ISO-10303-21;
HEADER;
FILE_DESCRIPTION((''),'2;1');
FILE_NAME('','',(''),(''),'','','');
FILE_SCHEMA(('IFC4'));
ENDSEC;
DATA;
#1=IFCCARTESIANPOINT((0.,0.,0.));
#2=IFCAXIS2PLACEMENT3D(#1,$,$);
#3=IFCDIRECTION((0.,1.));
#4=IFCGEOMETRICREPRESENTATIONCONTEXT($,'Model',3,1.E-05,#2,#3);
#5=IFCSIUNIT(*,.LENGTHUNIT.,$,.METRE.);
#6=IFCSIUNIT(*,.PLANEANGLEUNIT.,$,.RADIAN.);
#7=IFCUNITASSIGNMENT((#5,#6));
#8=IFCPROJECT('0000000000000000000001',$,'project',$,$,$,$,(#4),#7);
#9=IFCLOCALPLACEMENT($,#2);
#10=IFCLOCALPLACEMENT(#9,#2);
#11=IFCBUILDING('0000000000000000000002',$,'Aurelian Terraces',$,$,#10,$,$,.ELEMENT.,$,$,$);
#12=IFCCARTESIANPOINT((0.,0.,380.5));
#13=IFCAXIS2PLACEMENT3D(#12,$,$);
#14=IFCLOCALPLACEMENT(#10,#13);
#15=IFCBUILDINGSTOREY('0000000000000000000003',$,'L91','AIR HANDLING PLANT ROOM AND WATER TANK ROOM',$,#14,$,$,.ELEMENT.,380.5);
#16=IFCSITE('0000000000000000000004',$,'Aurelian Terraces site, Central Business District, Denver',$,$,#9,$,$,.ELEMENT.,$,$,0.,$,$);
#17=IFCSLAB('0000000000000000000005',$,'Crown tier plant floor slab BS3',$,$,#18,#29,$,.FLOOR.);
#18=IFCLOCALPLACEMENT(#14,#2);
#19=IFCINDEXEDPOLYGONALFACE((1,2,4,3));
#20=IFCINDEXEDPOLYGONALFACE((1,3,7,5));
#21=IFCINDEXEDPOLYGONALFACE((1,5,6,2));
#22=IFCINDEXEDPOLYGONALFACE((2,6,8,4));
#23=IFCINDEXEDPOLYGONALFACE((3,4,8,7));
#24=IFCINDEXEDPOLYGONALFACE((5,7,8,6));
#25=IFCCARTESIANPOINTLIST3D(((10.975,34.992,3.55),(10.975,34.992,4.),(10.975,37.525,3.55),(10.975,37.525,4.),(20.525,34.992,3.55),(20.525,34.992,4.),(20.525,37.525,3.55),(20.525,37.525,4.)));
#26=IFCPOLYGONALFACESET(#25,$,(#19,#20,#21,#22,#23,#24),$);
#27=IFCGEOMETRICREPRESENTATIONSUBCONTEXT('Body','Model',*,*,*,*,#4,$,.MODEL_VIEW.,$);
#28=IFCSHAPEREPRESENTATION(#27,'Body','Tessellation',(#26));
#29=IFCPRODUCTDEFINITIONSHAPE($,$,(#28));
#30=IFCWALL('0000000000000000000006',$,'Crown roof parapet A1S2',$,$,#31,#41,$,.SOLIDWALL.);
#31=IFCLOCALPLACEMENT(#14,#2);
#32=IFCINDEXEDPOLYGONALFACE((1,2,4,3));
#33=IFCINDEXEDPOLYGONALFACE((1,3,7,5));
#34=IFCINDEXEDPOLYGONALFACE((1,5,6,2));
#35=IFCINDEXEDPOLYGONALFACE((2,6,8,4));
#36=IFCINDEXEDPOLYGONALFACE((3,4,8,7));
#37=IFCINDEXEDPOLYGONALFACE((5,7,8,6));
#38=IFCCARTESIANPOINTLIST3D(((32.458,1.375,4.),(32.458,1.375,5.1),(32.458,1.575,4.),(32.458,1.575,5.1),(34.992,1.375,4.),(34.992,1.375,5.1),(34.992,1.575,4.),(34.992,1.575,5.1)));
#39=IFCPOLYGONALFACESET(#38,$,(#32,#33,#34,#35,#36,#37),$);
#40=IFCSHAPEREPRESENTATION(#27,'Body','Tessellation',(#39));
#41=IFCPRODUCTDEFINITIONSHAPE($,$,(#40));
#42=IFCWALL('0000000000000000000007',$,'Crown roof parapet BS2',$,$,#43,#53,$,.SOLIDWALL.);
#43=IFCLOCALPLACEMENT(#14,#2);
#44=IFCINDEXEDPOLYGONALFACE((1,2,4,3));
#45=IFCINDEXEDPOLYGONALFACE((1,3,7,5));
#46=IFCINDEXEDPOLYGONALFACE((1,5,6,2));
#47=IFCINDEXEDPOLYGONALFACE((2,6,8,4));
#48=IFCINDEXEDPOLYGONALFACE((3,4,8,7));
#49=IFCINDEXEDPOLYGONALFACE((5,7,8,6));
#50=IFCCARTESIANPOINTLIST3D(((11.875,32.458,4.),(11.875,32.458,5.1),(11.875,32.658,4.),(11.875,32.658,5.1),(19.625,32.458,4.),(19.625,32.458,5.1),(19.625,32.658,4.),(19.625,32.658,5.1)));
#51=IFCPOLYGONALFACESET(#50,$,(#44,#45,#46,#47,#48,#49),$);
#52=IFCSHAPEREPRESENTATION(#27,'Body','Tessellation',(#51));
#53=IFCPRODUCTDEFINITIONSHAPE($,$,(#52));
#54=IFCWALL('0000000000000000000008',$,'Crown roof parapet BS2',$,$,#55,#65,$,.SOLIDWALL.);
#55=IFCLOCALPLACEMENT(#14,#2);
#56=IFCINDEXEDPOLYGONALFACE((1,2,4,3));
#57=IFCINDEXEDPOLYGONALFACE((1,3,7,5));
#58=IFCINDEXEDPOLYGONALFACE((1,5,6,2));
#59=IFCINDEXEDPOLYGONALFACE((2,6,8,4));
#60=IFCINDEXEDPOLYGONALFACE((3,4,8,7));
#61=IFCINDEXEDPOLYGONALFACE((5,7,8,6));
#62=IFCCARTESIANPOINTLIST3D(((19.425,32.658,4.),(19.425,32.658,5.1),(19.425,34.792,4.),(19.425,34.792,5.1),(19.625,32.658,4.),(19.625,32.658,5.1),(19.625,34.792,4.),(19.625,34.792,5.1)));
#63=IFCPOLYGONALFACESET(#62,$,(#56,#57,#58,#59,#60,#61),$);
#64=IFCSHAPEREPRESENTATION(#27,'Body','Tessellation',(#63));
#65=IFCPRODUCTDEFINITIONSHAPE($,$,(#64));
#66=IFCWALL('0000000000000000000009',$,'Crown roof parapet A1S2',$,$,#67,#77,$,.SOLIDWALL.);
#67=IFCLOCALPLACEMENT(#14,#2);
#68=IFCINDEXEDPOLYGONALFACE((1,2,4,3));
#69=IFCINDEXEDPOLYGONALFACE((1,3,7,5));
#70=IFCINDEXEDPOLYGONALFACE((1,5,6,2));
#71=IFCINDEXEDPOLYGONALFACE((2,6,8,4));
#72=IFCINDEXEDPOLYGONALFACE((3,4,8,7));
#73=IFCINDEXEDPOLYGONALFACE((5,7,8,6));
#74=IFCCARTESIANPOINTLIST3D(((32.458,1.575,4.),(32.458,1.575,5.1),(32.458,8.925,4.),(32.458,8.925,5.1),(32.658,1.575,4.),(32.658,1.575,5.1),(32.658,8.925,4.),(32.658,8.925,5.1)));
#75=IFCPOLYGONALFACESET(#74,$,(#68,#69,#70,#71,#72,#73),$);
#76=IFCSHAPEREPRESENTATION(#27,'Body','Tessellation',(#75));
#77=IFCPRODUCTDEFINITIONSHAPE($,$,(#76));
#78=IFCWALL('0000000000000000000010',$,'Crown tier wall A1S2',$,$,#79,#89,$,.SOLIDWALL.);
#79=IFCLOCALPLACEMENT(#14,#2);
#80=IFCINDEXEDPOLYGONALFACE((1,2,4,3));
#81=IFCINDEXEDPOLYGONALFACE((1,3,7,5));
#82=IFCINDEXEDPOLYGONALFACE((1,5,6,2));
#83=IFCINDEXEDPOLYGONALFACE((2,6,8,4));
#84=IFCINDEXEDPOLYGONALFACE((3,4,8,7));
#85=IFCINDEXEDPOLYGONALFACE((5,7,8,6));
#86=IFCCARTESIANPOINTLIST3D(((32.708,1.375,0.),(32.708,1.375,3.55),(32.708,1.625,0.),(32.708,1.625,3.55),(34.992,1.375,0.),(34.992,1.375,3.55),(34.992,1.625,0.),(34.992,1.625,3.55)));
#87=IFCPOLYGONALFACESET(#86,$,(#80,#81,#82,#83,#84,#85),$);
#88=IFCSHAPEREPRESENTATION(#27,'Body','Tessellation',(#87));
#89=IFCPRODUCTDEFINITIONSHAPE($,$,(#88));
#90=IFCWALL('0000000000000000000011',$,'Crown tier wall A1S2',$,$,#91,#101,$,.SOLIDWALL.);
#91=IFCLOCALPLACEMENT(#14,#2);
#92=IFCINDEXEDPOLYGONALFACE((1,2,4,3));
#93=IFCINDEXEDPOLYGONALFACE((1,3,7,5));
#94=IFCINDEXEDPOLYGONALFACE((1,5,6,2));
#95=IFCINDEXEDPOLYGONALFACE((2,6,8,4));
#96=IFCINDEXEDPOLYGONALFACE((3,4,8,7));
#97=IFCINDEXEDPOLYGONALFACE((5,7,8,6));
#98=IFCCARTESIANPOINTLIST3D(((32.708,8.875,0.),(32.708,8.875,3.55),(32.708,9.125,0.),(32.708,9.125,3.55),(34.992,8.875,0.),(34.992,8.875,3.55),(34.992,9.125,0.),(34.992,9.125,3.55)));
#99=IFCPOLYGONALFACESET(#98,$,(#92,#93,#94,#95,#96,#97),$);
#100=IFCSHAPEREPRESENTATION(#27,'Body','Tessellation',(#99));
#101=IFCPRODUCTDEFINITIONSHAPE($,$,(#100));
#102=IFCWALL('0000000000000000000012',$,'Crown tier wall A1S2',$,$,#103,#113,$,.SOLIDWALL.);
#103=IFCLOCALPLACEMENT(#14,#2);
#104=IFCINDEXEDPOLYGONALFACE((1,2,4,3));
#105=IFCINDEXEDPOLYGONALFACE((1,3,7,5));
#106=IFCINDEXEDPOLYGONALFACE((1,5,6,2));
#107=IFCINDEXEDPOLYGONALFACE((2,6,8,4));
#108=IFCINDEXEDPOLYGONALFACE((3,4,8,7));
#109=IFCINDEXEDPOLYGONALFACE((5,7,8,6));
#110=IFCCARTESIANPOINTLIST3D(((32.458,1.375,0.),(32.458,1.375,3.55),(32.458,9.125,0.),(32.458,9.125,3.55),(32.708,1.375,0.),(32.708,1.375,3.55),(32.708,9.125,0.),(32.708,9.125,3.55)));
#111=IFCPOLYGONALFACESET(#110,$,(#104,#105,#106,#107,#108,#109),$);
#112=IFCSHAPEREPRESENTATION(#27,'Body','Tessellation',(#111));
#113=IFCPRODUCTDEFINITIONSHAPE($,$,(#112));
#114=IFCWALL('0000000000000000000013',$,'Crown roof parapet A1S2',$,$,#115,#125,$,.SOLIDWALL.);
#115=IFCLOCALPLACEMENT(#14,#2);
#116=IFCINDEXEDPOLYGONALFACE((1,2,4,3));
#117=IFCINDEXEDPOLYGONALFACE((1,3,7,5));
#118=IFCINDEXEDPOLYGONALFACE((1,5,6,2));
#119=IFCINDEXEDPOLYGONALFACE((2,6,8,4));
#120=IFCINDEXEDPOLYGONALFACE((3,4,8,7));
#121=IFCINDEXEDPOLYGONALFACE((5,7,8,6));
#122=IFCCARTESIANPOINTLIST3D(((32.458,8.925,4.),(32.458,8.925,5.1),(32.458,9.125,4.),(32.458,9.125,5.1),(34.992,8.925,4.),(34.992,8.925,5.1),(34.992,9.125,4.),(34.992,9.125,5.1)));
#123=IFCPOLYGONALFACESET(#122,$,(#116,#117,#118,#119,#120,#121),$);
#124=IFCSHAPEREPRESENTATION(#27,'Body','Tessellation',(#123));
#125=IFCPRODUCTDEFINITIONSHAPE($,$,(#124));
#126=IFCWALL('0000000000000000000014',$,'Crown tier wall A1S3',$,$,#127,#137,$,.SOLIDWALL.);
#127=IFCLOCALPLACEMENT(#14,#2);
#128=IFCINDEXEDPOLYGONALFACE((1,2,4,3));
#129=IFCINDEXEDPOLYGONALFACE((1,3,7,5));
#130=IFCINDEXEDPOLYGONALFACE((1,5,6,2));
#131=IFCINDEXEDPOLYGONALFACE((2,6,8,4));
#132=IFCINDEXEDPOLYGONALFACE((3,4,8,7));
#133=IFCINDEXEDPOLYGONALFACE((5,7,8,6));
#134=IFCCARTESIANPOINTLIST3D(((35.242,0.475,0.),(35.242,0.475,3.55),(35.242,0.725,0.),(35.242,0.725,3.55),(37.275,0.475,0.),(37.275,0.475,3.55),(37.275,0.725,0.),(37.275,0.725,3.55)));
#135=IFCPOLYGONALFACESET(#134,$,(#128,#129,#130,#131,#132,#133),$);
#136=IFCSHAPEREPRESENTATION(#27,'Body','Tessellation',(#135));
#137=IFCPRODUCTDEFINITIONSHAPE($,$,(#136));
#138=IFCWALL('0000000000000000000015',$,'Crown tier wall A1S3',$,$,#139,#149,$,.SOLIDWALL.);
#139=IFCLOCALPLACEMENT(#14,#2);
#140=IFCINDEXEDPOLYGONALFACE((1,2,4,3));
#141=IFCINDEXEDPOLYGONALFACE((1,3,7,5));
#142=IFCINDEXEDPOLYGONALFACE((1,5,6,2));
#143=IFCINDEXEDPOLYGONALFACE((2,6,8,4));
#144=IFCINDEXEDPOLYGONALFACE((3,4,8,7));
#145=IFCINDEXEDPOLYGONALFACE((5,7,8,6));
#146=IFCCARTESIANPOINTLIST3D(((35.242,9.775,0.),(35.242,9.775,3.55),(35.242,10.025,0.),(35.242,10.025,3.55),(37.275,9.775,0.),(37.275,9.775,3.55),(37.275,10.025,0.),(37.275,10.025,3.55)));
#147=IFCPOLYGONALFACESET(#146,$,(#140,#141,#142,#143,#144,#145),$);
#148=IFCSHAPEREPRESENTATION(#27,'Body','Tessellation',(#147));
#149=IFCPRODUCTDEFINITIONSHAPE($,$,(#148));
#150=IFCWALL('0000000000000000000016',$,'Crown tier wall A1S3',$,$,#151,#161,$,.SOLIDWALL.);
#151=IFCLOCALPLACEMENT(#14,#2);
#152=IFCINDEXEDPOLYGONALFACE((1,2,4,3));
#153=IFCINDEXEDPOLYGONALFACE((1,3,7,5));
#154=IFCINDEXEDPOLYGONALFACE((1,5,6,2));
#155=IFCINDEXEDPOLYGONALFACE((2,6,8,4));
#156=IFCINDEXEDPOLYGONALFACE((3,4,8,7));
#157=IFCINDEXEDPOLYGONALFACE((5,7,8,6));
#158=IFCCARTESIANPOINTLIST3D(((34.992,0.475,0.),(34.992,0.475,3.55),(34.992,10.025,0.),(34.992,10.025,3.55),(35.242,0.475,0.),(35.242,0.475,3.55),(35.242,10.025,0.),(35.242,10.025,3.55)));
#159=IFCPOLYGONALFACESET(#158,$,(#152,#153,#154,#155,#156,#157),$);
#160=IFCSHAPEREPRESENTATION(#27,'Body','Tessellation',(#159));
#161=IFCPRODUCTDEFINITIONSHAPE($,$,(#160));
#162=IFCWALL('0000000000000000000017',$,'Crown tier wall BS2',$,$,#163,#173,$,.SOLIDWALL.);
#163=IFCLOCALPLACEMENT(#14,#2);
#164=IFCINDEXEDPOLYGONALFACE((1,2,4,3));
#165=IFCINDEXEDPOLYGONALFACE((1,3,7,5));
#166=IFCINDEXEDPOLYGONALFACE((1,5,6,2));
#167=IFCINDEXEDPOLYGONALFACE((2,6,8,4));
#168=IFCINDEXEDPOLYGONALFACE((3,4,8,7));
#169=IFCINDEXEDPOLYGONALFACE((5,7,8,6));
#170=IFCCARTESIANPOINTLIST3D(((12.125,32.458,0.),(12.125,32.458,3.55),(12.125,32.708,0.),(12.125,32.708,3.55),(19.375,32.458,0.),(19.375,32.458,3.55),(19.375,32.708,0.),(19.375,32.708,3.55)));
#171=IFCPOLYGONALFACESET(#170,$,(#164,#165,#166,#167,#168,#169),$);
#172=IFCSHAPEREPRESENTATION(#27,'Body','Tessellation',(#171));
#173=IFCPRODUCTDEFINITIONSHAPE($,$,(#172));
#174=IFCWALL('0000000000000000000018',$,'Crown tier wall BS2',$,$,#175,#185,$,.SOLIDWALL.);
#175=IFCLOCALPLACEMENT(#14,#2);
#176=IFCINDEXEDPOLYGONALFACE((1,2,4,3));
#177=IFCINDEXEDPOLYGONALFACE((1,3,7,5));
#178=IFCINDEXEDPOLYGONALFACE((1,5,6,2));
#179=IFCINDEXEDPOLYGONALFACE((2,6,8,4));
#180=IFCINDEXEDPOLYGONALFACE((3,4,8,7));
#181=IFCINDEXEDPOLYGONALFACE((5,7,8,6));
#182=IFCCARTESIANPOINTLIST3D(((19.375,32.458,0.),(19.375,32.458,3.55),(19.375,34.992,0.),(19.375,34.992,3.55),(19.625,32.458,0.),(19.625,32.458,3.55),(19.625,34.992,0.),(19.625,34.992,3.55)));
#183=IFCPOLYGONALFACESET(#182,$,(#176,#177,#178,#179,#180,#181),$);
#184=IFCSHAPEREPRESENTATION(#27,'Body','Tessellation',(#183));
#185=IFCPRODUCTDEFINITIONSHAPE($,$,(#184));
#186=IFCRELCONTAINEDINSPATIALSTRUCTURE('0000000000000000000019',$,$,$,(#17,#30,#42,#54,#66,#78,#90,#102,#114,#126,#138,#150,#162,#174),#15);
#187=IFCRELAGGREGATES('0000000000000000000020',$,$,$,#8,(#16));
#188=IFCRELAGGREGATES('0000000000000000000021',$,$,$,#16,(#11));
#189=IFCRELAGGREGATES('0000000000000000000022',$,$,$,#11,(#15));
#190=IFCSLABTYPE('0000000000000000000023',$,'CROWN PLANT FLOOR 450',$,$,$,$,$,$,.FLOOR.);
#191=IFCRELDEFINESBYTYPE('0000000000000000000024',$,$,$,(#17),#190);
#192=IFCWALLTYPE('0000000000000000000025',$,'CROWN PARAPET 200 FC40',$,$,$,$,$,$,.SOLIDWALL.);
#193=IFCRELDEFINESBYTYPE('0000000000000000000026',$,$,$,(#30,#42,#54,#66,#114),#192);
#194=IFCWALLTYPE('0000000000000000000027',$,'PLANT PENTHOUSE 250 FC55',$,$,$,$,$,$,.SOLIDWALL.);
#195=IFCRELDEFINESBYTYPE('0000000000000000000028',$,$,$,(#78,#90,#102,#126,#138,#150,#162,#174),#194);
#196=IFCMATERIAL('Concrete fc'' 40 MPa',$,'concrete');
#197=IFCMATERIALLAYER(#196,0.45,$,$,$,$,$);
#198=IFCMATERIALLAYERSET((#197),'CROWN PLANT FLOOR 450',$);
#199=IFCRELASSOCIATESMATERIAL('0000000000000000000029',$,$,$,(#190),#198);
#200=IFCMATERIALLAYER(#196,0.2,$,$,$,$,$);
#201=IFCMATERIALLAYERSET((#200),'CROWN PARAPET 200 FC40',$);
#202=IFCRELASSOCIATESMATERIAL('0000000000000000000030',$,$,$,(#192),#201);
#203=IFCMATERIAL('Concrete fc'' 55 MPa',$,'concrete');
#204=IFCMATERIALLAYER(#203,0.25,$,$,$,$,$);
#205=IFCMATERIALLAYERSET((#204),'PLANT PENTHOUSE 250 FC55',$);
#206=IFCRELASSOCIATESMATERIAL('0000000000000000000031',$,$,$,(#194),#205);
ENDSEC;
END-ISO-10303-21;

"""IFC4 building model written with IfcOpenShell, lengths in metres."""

from ifc_helpers import new_model, si_unit, direction, frame, frame_2d, origin, place, context, subcontext, project, spatial, polyline, rectangle, outline, extrude, source, transform, mapped, material, layer, layer_set, type_object, element, save


model = new_model("IFC4")

# Units and contexts
model_context = context("Model", 3, precision=1e-05, world=origin(), true_north=direction((0.0, 1.0)))
body_context = subcontext(model_context, "Body", "Model", "MODEL_VIEW")
ifc_project = project(units=[si_unit("LENGTHUNIT", "METRE"), si_unit("PLANEANGLEUNIT", "RADIAN")], contexts=[model_context])

# Site, building, storey
site_placement = place(None, origin())
site = spatial("IfcSite", under=ifc_project, at=site_placement, Name="Aurelian Terraces site, Central Business District, Denver", CompositionType="ELEMENT", RefElevation=0.0)
building_placement = place(site_placement, origin())
building = spatial("IfcBuilding", under=site, at=building_placement, Name="Aurelian Terraces", CompositionType="ELEMENT")
storey_placement = place(building_placement, frame((0.0, 0.0, 380.5)))
storey = spatial("IfcBuildingStorey", under=building, at=storey_placement, Name="L91", Description="AIR HANDLING PLANT ROOM AND WATER TANK ROOM", CompositionType="ELEMENT", Elevation=380.5)

# Slab
ifc_material_1 = material(Name="Concrete fc' 40 MPa", Category="concrete")
ifc_layer_1 = layer(ifc_material_1, 0.45)
ifc_layer_set_1 = layer_set([ifc_layer_1], Name="CROWN PLANT FLOOR 450")
slab_type_1 = type_object("IfcSlabType", Name="CROWN PLANT FLOOR 450", PredefinedType="FLOOR", material=ifc_layer_set_1)
shared_shape_1 = source(origin(), body_context, "Body", "SweptSolid", [
    extrude(outline(polyline([(20.525, 34.992), (20.525, 37.525), (10.975, 37.525), (10.975, 34.992), (20.525, 34.992)])), origin(), (0.0, 0.0, 1.0), 0.45),
])
slab_1_placement = place(storey_placement, frame((0.0, 0.0, 3.55)))
element("IfcSlab", 1, at=slab_1_placement, inside=storey, type_object=slab_type_1, Name="Crown tier plant floor slab BS3", PredefinedType="FLOOR", context=body_context, shape_type="MappedRepresentation", body=[
    mapped(shared_shape_1, transform((0.0, 0.0, 0.0), scale=1.0)),
])

# Walls
ifc_layer_2 = layer(ifc_material_1, 0.2)
ifc_layer_set_2 = layer_set([ifc_layer_2], Name="CROWN PARAPET 200 FC40")
wall_type_1 = type_object("IfcWallType", Name="CROWN PARAPET 200 FC40", PredefinedType="SOLIDWALL", material=ifc_layer_set_2)
wall_1_placement = place(storey_placement, frame((32.458, 1.475, 4.0), z_axis=(0.0, 0.0, 1.0), x_axis=(1.0, 0.0, 0.0)))
element("IfcWall", 2, at=wall_1_placement, inside=storey, type_object=wall_type_1, Name="Crown roof parapet A1S2", PredefinedType="SOLIDWALL", context=body_context, shape_type="SweptSolid", body=[
    extrude(rectangle(XDim=2.534, YDim=0.2, at=frame_2d((1.267, 0.0))), origin(), (0.0, 0.0, 1.0), 1.1),
])
wall_2_placement = place(storey_placement, frame((11.875, 32.558, 4.0), z_axis=(0.0, 0.0, 1.0), x_axis=(1.0, 0.0, 0.0)))
element("IfcWall", 3, at=wall_2_placement, inside=storey, type_object=wall_type_1, Name="Crown roof parapet BS2", PredefinedType="SOLIDWALL", context=body_context, shape_type="SweptSolid", body=[
    extrude(rectangle(XDim=7.75, YDim=0.2, at=frame_2d((3.875, 0.0))), origin(), (0.0, 0.0, 1.0), 1.1),
])
wall_3_placement = place(storey_placement, frame((19.525, 32.658, 4.0), z_axis=(0.0, 0.0, 1.0), x_axis=(0.0, 1.0, 0.0)))
element("IfcWall", 4, at=wall_3_placement, inside=storey, type_object=wall_type_1, Name="Crown roof parapet BS2", PredefinedType="SOLIDWALL", context=body_context, shape_type="SweptSolid", body=[
    extrude(rectangle(XDim=2.134, YDim=0.2, at=frame_2d((1.067, 0.0))), origin(), (0.0, 0.0, 1.0), 1.1),
])
shared_shape_2 = source(origin(), body_context, "Body", "SweptSolid", [
    extrude(rectangle(XDim=7.35, YDim=0.2, at=frame_2d((3.675, 0.0))), origin(), (0.0, 0.0, 1.0), 1.1),
])
wall_4_placement = place(storey_placement, frame((32.558, 1.575, 4.0), z_axis=(0.0, 0.0, 1.0), x_axis=(0.0, 1.0, 0.0)))
element("IfcWall", 5, at=wall_4_placement, inside=storey, type_object=wall_type_1, Name="Crown roof parapet A1S2", PredefinedType="SOLIDWALL", context=body_context, shape_type="MappedRepresentation", body=[
    mapped(shared_shape_2, transform((0.0, 0.0, 0.0), scale=1.0)),
])
ifc_material_2 = material(Name="Concrete fc' 55 MPa", Category="concrete")
ifc_layer_3 = layer(ifc_material_2, 0.25)
ifc_layer_set_3 = layer_set([ifc_layer_3], Name="PLANT PENTHOUSE 250 FC55")
wall_type_2 = type_object("IfcWallType", Name="PLANT PENTHOUSE 250 FC55", PredefinedType="SOLIDWALL", material=ifc_layer_set_3)
shared_shape_3 = source(origin(), body_context, "Body", "SweptSolid", [
    extrude(rectangle(XDim=2.284, YDim=0.25, at=frame_2d((1.142, 0.0))), origin(), (0.0, 0.0, 1.0), 3.55),
])
for number, where, z_axis, x_axis, name in (
    (6, (32.708, 1.5, 0.0), (0.0, 0.0, 1.0), (1.0, 0.0, 0.0), "Crown tier wall A1S2"),
    (7, (34.992, 9.0, 0.0), (0.0, 0.0, 1.0), (-1.0, 0.0, 0.0), "Crown tier wall A1S2"),
):
    element("IfcWall", number, at=place(storey_placement, frame(where, z_axis=z_axis, x_axis=x_axis)), inside=storey, type_object=wall_type_2, Name=name, PredefinedType="SOLIDWALL", context=body_context, shape_type="MappedRepresentation", body=[
        mapped(shared_shape_3, transform((0.0, 0.0, 0.0), scale=1.0)),
    ])
shared_shape_4 = source(origin(), body_context, "Body", "SweptSolid", [
    extrude(rectangle(XDim=7.75, YDim=0.25, at=frame_2d((3.875, 0.0))), origin(), (0.0, 0.0, 1.0), 3.55),
])
wall_5_placement = place(storey_placement, frame((32.583, 9.125, 0.0), z_axis=(0.0, 0.0, 1.0), x_axis=(0.0, -1.0, 0.0)))
element("IfcWall", 8, at=wall_5_placement, inside=storey, type_object=wall_type_2, Name="Crown tier wall A1S2", PredefinedType="SOLIDWALL", context=body_context, shape_type="MappedRepresentation", body=[
    mapped(shared_shape_4, transform((0.0, 0.0, 0.0), scale=1.0)),
])
shared_shape_5 = source(origin(), body_context, "Body", "SweptSolid", [
    extrude(rectangle(XDim=2.534, YDim=0.2, at=frame_2d((1.267, 0.0))), origin(), (0.0, 0.0, 1.0), 1.1),
])
wall_6_placement = place(storey_placement, frame((32.458, 9.025, 4.0), z_axis=(0.0, 0.0, 1.0), x_axis=(1.0, 0.0, 0.0)))
element("IfcWall", 9, at=wall_6_placement, inside=storey, type_object=wall_type_1, Name="Crown roof parapet A1S2", PredefinedType="SOLIDWALL", context=body_context, shape_type="MappedRepresentation", body=[
    mapped(shared_shape_5, transform((0.0, 0.0, 0.0), scale=1.0)),
])
shared_shape_6 = source(origin(), body_context, "Body", "SweptSolid", [
    extrude(rectangle(XDim=2.033, YDim=0.25, at=frame_2d((1.0165, 0.0))), origin(), (0.0, 0.0, 1.0), 3.55),
])
for number, where, z_axis, x_axis, name in (
    (10, (35.242, 0.6, 0.0), (0.0, 0.0, 1.0), (1.0, 0.0, 0.0), "Crown tier wall A1S3"),
    (11, (37.275, 9.9, 0.0), (0.0, 0.0, 1.0), (-1.0, 0.0, 0.0), "Crown tier wall A1S3"),
):
    element("IfcWall", number, at=place(storey_placement, frame(where, z_axis=z_axis, x_axis=x_axis)), inside=storey, type_object=wall_type_2, Name=name, PredefinedType="SOLIDWALL", context=body_context, shape_type="MappedRepresentation", body=[
        mapped(shared_shape_6, transform((0.0, 0.0, 0.0), scale=1.0)),
    ])
shared_shape_7 = source(origin(), body_context, "Body", "SweptSolid", [
    extrude(rectangle(XDim=9.55, YDim=0.25, at=frame_2d((4.775, 0.0))), origin(), (0.0, 0.0, 1.0), 3.55),
])
wall_7_placement = place(storey_placement, frame((35.117, 10.025, 0.0), z_axis=(0.0, 0.0, 1.0), x_axis=(0.0, -1.0, 0.0)))
element("IfcWall", 12, at=wall_7_placement, inside=storey, type_object=wall_type_2, Name="Crown tier wall A1S3", PredefinedType="SOLIDWALL", context=body_context, shape_type="MappedRepresentation", body=[
    mapped(shared_shape_7, transform((0.0, 0.0, 0.0), scale=1.0)),
])
shared_shape_8 = source(origin(), body_context, "Body", "SweptSolid", [
    extrude(rectangle(XDim=7.25, YDim=0.25, at=frame_2d((3.625, 0.0))), origin(), (0.0, 0.0, 1.0), 3.55),
])
wall_8_placement = place(storey_placement, frame((12.125, 32.583, 0.0), z_axis=(0.0, 0.0, 1.0), x_axis=(1.0, 0.0, 0.0)))
element("IfcWall", 13, at=wall_8_placement, inside=storey, type_object=wall_type_2, Name="Crown tier wall BS2", PredefinedType="SOLIDWALL", context=body_context, shape_type="MappedRepresentation", body=[
    mapped(shared_shape_8, transform((0.0, 0.0, 0.0), scale=1.0)),
])
shared_shape_9 = source(origin(), body_context, "Body", "SweptSolid", [
    extrude(rectangle(XDim=2.534, YDim=0.25, at=frame_2d((1.267, 0.0))), origin(), (0.0, 0.0, 1.0), 3.55),
])
for number, where, z_axis, x_axis, name in (
    (14, (19.5, 32.458, 0.0), (0.0, 0.0, 1.0), (0.0, 1.0, 0.0), "Crown tier wall BS2"),
):
    element("IfcWall", number, at=place(storey_placement, frame(where, z_axis=z_axis, x_axis=x_axis)), inside=storey, type_object=wall_type_2, Name=name, PredefinedType="SOLIDWALL", context=body_context, shape_type="MappedRepresentation", body=[
        mapped(shared_shape_9, transform((0.0, 0.0, 0.0), scale=1.0)),
    ])

save(model, "model.ifc")
